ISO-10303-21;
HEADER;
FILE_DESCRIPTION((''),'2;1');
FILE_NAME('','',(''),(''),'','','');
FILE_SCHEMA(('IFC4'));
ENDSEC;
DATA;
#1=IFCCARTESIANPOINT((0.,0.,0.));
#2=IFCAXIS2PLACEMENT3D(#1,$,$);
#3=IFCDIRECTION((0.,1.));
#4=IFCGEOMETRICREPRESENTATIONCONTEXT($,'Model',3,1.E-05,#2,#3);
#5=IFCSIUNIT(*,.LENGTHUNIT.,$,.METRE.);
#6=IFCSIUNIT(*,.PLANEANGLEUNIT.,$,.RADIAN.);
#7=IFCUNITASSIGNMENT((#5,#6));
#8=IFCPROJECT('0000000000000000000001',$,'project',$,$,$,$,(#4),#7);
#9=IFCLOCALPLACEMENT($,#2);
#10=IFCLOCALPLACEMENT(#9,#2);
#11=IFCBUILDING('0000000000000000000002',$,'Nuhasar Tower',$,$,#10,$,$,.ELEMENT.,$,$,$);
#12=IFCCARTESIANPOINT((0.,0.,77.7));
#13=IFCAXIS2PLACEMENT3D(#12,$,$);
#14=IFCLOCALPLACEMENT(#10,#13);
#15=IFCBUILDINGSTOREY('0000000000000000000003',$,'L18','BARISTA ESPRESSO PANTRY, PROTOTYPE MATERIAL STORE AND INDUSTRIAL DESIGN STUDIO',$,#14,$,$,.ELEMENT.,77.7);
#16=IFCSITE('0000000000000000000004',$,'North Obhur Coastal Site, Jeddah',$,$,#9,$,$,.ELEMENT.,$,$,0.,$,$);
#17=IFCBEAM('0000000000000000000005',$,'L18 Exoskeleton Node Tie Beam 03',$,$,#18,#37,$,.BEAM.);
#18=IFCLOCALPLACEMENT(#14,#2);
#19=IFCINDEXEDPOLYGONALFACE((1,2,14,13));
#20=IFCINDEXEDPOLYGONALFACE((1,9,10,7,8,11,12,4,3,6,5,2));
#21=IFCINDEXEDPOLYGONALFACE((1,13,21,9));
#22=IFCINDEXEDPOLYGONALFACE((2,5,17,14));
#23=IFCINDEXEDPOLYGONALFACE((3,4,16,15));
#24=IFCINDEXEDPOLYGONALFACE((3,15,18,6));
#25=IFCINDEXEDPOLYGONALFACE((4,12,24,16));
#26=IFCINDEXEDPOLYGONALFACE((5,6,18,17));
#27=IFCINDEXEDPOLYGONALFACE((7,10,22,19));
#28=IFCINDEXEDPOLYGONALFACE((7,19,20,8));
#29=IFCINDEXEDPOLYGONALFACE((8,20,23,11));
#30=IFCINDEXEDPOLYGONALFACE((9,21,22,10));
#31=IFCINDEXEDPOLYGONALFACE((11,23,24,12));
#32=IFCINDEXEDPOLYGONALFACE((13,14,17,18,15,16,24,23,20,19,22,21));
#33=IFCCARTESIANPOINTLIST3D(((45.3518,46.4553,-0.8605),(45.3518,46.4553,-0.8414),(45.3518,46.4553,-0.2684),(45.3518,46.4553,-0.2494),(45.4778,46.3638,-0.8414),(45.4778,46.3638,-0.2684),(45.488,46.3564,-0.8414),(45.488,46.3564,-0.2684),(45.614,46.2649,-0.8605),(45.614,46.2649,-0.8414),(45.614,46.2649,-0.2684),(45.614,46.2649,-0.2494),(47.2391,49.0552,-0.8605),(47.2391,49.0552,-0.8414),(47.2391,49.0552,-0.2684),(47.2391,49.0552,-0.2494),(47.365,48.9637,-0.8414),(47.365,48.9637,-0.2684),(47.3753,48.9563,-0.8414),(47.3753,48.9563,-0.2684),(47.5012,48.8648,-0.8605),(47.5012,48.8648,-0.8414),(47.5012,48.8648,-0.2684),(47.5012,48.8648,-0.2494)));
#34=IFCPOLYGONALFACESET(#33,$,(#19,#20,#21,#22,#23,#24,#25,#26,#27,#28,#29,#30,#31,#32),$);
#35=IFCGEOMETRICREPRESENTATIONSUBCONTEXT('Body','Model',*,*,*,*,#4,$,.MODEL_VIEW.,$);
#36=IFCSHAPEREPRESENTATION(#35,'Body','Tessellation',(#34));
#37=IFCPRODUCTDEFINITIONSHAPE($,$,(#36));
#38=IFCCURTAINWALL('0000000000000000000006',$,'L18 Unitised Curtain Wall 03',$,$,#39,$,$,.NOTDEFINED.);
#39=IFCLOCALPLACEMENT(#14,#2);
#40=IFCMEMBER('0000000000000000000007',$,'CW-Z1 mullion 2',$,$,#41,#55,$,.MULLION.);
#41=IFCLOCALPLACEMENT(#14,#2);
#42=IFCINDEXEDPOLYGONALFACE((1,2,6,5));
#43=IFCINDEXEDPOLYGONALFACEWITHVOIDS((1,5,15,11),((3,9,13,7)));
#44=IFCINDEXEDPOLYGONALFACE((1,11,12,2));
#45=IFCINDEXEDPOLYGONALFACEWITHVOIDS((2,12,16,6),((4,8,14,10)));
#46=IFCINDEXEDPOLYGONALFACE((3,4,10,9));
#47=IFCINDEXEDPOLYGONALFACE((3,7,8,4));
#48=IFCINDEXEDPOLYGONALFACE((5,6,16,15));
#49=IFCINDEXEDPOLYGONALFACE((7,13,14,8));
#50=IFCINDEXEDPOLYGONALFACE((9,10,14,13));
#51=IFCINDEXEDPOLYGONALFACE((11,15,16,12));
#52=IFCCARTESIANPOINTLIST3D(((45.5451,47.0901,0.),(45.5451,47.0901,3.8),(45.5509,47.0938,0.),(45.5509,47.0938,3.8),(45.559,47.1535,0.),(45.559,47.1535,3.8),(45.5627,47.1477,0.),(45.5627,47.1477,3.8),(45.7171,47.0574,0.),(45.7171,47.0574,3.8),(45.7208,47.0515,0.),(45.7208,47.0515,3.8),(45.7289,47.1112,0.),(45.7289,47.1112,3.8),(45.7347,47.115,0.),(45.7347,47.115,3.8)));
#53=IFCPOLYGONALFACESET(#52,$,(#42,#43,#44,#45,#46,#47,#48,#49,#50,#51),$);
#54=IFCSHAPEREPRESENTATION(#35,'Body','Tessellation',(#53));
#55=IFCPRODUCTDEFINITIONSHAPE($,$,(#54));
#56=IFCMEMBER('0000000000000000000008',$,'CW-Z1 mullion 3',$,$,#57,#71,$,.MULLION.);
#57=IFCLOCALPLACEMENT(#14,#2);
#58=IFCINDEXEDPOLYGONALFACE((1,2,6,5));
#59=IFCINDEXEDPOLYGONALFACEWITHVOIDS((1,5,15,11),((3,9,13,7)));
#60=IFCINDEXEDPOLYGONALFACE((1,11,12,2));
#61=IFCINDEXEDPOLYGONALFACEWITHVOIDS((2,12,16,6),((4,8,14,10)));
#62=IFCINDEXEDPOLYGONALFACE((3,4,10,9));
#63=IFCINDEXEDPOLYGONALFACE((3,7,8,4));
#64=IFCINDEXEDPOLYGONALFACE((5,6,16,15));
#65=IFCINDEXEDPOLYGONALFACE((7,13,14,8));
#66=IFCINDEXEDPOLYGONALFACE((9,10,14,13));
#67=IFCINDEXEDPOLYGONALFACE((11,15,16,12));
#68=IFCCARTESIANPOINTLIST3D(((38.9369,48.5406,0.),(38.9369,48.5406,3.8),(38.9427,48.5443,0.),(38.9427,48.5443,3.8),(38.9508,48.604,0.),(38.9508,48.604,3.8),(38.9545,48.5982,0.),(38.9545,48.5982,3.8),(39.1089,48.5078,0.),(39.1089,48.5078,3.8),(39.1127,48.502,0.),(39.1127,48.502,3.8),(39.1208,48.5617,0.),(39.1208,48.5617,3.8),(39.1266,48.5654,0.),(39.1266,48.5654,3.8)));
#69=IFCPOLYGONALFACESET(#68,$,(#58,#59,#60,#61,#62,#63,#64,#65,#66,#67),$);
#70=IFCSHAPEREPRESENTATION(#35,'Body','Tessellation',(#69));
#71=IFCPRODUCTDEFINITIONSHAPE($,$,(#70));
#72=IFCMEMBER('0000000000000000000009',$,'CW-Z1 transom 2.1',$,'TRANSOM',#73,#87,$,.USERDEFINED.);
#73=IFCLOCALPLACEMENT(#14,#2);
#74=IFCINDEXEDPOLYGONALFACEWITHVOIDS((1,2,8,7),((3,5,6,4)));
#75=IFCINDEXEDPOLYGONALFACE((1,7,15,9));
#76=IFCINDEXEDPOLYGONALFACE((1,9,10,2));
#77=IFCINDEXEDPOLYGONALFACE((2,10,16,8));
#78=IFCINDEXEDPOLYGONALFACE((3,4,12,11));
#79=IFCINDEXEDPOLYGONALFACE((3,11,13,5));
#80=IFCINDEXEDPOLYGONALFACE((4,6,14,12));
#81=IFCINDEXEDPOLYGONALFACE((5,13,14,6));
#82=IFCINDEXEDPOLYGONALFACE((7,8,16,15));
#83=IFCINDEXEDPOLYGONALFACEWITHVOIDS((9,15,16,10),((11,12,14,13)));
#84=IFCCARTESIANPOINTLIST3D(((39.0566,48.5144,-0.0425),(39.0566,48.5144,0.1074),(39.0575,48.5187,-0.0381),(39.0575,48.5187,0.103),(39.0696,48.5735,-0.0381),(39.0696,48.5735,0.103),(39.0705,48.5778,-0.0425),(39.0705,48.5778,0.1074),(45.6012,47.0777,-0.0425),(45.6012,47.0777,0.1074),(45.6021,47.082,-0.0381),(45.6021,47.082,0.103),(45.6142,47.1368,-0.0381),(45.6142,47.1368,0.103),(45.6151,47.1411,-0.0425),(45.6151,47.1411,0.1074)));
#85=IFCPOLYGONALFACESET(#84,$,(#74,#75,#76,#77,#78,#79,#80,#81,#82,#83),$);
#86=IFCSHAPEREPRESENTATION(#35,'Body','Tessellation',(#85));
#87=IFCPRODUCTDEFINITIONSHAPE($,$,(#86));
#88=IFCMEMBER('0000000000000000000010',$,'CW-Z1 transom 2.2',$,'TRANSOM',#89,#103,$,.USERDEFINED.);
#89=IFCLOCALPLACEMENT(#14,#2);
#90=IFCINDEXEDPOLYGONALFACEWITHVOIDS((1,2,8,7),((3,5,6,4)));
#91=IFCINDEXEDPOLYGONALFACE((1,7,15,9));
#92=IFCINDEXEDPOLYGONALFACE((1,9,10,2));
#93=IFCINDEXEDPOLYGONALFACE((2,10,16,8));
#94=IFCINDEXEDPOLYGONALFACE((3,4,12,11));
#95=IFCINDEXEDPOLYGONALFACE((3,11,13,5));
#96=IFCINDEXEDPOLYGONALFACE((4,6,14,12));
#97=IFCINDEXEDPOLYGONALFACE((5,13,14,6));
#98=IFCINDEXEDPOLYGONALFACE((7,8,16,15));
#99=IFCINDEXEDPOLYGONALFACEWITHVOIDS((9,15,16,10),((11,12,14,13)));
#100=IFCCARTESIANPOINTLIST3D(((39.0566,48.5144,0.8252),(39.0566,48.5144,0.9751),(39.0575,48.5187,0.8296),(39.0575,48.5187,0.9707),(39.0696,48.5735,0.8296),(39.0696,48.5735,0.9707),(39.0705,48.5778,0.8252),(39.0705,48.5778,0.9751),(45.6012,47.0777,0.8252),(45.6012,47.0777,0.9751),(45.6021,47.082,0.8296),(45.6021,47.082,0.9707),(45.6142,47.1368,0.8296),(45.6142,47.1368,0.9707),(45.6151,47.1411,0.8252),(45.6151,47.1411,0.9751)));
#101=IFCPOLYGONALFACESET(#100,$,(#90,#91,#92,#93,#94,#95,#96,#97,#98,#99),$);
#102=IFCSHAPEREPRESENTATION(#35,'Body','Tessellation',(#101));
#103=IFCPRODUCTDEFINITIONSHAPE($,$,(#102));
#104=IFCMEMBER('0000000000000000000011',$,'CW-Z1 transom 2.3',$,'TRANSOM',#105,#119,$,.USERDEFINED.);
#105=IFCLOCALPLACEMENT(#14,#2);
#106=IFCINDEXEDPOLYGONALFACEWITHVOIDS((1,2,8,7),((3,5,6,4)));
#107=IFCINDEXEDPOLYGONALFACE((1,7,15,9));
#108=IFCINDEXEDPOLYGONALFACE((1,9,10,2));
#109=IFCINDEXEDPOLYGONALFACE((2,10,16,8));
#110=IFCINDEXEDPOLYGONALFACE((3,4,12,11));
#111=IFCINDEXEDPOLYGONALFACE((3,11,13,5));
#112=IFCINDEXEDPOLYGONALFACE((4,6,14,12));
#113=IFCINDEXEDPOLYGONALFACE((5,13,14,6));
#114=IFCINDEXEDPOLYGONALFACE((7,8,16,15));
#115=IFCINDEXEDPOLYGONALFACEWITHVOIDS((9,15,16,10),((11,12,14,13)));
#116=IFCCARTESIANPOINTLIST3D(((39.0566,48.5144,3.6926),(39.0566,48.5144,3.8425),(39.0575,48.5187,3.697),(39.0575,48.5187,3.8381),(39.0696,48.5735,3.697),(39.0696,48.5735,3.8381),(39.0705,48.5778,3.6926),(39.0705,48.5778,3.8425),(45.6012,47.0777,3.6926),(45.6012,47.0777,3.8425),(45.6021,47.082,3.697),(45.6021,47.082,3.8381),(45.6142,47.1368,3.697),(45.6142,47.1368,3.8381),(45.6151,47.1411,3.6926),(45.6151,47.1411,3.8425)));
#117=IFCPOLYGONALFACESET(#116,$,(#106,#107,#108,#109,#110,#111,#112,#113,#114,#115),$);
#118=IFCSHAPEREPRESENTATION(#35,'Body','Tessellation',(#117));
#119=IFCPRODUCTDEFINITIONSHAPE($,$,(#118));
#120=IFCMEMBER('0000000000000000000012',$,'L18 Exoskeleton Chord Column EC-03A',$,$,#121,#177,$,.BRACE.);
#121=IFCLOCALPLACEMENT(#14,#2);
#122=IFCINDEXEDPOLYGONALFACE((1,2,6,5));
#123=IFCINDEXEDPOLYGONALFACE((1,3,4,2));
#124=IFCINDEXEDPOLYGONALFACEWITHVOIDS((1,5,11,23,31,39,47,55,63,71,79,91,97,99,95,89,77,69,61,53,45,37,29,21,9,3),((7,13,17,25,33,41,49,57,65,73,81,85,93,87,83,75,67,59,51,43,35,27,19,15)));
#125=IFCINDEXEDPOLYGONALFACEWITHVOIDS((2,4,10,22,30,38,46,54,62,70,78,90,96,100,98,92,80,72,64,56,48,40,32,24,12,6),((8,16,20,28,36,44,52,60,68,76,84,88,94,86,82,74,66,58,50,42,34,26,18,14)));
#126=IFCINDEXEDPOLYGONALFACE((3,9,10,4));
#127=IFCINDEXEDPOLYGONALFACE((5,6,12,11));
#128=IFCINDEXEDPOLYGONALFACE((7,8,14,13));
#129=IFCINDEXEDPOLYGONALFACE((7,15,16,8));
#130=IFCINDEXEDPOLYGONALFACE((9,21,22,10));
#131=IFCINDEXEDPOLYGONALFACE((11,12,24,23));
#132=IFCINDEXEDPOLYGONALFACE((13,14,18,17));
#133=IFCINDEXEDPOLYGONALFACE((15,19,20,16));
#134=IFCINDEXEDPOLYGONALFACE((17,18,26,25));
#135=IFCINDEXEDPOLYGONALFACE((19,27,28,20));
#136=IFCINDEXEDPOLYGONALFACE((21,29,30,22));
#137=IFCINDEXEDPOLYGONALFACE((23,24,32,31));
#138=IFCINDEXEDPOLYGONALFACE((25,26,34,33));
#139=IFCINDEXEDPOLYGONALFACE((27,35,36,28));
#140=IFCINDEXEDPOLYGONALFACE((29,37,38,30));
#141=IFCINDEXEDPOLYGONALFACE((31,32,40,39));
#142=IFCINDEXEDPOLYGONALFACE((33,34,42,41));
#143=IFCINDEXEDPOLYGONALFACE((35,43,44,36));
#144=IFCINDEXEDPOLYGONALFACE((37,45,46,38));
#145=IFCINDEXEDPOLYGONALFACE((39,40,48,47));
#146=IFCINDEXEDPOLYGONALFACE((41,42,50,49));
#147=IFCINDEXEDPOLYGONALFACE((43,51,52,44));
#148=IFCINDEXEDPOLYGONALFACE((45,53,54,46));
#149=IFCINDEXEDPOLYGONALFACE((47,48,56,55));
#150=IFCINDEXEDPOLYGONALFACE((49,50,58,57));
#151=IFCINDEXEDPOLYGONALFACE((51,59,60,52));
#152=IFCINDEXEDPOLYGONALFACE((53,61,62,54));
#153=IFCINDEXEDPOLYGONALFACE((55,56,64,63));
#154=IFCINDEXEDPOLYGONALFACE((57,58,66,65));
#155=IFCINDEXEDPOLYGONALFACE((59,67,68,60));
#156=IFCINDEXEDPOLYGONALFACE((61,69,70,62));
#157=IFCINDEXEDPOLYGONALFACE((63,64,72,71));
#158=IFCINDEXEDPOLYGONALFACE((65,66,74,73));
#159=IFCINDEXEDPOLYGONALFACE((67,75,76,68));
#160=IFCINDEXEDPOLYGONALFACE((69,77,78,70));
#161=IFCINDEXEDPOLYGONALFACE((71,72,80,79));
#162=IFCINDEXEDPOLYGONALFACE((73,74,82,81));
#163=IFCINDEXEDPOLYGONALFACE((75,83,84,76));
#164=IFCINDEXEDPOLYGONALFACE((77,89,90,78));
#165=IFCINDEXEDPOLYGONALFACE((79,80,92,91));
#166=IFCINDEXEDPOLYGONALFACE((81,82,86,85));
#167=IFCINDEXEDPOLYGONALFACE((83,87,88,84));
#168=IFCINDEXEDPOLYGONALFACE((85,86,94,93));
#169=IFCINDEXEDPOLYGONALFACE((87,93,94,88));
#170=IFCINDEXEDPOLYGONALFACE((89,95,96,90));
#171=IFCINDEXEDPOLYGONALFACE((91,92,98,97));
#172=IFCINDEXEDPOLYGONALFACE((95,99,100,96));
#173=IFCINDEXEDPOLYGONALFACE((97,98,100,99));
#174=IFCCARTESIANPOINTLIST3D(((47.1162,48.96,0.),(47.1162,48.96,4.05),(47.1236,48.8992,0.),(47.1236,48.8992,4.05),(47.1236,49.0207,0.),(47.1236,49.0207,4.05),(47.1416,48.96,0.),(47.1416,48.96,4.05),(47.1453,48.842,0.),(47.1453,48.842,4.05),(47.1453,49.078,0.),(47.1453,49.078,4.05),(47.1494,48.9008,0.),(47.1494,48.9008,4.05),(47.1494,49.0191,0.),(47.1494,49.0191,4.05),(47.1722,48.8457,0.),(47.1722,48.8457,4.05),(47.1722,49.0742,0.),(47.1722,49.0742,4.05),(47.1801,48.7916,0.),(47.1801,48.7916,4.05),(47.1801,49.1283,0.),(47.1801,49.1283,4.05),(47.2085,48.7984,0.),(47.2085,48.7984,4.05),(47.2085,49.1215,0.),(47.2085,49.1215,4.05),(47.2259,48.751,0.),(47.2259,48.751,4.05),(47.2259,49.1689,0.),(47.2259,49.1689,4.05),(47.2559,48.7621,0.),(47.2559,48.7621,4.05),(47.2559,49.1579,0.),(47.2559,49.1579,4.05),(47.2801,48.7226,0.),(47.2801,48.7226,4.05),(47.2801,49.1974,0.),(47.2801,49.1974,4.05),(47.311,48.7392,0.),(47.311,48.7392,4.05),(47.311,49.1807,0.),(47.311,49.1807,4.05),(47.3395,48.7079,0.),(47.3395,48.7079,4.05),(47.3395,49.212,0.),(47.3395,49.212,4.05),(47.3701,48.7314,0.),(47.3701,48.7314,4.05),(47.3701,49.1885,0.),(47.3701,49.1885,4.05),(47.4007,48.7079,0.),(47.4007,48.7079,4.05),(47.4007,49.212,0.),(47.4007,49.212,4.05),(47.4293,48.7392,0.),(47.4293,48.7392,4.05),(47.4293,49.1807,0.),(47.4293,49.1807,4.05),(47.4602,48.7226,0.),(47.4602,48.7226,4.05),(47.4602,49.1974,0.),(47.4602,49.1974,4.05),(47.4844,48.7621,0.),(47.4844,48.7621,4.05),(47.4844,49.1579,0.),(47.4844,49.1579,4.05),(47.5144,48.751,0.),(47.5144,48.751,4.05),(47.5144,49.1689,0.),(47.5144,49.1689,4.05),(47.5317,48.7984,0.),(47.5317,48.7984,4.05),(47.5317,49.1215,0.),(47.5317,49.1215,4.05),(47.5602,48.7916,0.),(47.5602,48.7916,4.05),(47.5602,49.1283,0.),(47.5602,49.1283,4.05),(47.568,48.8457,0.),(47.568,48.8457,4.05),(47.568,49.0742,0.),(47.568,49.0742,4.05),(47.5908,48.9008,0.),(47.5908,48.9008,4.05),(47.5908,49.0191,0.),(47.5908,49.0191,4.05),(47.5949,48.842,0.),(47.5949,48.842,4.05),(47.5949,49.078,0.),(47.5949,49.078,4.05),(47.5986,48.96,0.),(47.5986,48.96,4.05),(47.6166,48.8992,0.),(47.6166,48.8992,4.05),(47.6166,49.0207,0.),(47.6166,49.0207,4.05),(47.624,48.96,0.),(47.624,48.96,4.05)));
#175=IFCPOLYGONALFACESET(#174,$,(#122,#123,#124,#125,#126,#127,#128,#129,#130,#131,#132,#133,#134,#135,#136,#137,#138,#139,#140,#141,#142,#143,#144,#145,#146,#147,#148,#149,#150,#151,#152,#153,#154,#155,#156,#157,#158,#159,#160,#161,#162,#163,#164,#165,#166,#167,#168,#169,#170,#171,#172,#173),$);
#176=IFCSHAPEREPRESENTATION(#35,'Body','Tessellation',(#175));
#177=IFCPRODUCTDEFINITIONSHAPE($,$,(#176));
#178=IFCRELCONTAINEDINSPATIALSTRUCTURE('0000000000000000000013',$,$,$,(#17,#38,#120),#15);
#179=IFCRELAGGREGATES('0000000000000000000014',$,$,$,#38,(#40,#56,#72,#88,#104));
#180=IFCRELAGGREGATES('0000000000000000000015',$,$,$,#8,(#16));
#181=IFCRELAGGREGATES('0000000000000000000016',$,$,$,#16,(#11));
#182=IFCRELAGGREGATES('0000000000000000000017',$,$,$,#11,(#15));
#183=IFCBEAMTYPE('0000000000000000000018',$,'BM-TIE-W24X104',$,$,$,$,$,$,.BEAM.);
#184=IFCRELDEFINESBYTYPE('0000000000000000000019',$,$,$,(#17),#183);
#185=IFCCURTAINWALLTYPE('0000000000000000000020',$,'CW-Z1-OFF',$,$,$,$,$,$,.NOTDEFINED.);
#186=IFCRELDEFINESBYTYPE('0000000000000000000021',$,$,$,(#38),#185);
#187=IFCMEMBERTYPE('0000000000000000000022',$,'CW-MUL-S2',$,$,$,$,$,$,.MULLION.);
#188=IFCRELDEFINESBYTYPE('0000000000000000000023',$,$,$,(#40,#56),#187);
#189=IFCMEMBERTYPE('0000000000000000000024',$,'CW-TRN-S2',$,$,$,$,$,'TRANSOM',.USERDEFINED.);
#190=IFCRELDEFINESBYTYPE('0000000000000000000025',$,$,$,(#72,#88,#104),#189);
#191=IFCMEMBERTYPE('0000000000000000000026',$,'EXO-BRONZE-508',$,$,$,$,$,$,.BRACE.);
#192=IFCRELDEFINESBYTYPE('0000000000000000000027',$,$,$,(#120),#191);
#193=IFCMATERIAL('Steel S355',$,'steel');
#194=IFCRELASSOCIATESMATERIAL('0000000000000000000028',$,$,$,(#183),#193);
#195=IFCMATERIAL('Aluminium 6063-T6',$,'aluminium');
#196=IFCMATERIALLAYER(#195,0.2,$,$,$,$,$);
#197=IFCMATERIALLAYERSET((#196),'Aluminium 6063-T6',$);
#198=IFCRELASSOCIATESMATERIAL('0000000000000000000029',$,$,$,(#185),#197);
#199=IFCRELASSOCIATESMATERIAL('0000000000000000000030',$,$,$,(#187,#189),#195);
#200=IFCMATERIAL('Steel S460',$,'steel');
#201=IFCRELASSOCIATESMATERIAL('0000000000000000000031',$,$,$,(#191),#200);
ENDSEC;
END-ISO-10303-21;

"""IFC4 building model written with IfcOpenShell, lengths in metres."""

from ifc_helpers import new_model, si_unit, direction, frame, origin, origin_2d, place, context, subcontext, project, spatial, hollow_rectangle, hollow_circle, i_section, extrude, material, layer, layer_set, material_profile, profile_set, type_object, element, aggregate, save


model = new_model("IFC4")

# Units and contexts
model_context = context("Model", 3, precision=1e-05, world=origin(), true_north=direction((0.0, 1.0)))
body_context = subcontext(model_context, "Body", "Model", "MODEL_VIEW")
ifc_project = project(units=[si_unit("LENGTHUNIT", "METRE"), si_unit("PLANEANGLEUNIT", "RADIAN")], contexts=[model_context])

# Site, building, storey
site_placement = place(None, origin())
site = spatial("IfcSite", under=ifc_project, at=site_placement, Name="North Obhur Coastal Site, Jeddah", CompositionType="ELEMENT", RefElevation=0.0)
building_placement = place(site_placement, origin())
building = spatial("IfcBuilding", under=site, at=building_placement, Name="Nuhasar Tower", CompositionType="ELEMENT")
storey_placement = place(building_placement, frame((0.0, 0.0, 77.7)))
storey = spatial("IfcBuildingStorey", under=building, at=storey_placement, Name="L18", Description="BARISTA ESPRESSO PANTRY, PROTOTYPE MATERIAL STORE AND INDUSTRIAL DESIGN STUDIO", CompositionType="ELEMENT", Elevation=77.7)

# Beam
ifc_material_1 = material(Name="Steel S355", Category="steel")
ifc_material_profile_1 = material_profile(ifc_material_1, i_section(OverallWidth=0.324, OverallDepth=0.6111, WebThickness=0.0127, FlangeThickness=0.019, at=origin_2d()), Name="W24X104")
ifc_profile_set_1 = profile_set([ifc_material_profile_1], Name="Steel S355")
beam_type_1 = type_object("IfcBeamType", Name="BM-TIE-W24X104", PredefinedType="BEAM", material=ifc_profile_set_1)
beam_1_placement = place(storey_placement, frame((45.4829, 46.3601, -0.5549), z_axis=(0.587439, 0.809268, 0.0), x_axis=(-0.809268, 0.587439, 0.0)))
element("IfcBeam", 1, at=beam_1_placement, inside=storey, type_object=beam_type_1, Name="L18 Exoskeleton Node Tie Beam 03", PredefinedType="BEAM", context=body_context, shape_type="SweptSolid", body=[
    extrude(i_section(OverallWidth=0.324, OverallDepth=0.6111, WebThickness=0.0127, FlangeThickness=0.019, at=origin_2d()), origin(), (0.0, 0.0, 1.0), 3.2126),
])

# Curtain wall, members
ifc_material_2 = material(Name="Aluminium 6063-T6", Category="aluminium")
ifc_layer_1 = layer(ifc_material_2, 0.2)
ifc_layer_set_1 = layer_set([ifc_layer_1], Name="Aluminium 6063-T6")
curtain_wall_type = type_object("IfcCurtainWallType", Name="CW-Z1-OFF", PredefinedType="NOTDEFINED", material=ifc_layer_set_1)
curtain_wall_placement = place(storey_placement, origin())
curtain_wall = element("IfcCurtainWall", 2, at=curtain_wall_placement, inside=storey, type_object=curtain_wall_type, Name="L18 Unitised Curtain Wall 03", PredefinedType="NOTDEFINED")
ifc_material_profile_2 = material_profile(ifc_material_2, hollow_rectangle(XDim=0.0649, YDim=0.1799, WallThickness=0.0049, at=origin_2d()), Name="CWM-2")
ifc_profile_set_2 = profile_set([ifc_material_profile_2], Name="Aluminium 6063-T6")
member_type_1 = type_object("IfcMemberType", Name="CW-MUL-S2", PredefinedType="MULLION", material=ifc_profile_set_2)
member_1_placement = place(storey_placement, frame((45.6399, 47.1025, 0.0), z_axis=(0.0, 0.0, 1.0), x_axis=(-0.214399, -0.976746, 0.0)))
member_1 = element("IfcMember", 3, at=member_1_placement, type_object=member_type_1, Name="CW-Z1 mullion 2", PredefinedType="MULLION", context=body_context, shape_type="SweptSolid", body=[
    extrude(hollow_rectangle(XDim=0.0649, YDim=0.1799, WallThickness=0.0049, at=origin_2d()), origin(), (0.0, 0.0, 1.0), 3.8),
])
member_2_placement = place(storey_placement, frame((39.0317, 48.553, 0.0), z_axis=(0.0, 0.0, 1.0), x_axis=(-0.214399, -0.976746, 0.0)))
member_2 = element("IfcMember", 4, at=member_2_placement, type_object=member_type_1, Name="CW-Z1 mullion 3", PredefinedType="MULLION", context=body_context, shape_type="SweptSolid", body=[
    extrude(hollow_rectangle(XDim=0.0649, YDim=0.1799, WallThickness=0.0049, at=origin_2d()), origin(), (0.0, 0.0, 1.0), 3.8),
])
ifc_material_profile_3 = material_profile(ifc_material_2, hollow_rectangle(XDim=0.0649, YDim=0.1499, WallThickness=0.0044, at=origin_2d()), Name="CWT-2")
ifc_profile_set_3 = profile_set([ifc_material_profile_3], Name="Aluminium 6063-T6")
member_type_2 = type_object("IfcMemberType", Name="CW-TRN-S2", ElementType="TRANSOM", PredefinedType="USERDEFINED", material=ifc_profile_set_3)
member_3_placement = place(storey_placement, frame((45.6082, 47.1094, 0.0325), z_axis=(-0.97674, 0.214426, 0.0), x_axis=(-0.214426, -0.97674, 0.0)))
member_3 = element("IfcMember", 5, at=member_3_placement, type_object=member_type_2, Name="CW-Z1 transom 2.1", ObjectType="TRANSOM", PredefinedType="USERDEFINED", context=body_context, shape_type="SweptSolid", body=[
    extrude(hollow_rectangle(XDim=0.0649, YDim=0.1499, WallThickness=0.0044, at=origin_2d()), origin(), (0.0, 0.0, 1.0), 6.7004),
])
member_4_placement = place(storey_placement, frame((45.6082, 47.1094, 0.9001), z_axis=(-0.97674, 0.214426, 0.0), x_axis=(-0.214426, -0.97674, 0.0)))
member_4 = element("IfcMember", 6, at=member_4_placement, type_object=member_type_2, Name="CW-Z1 transom 2.2", ObjectType="TRANSOM", PredefinedType="USERDEFINED", context=body_context, shape_type="SweptSolid", body=[
    extrude(hollow_rectangle(XDim=0.0649, YDim=0.1499, WallThickness=0.0044, at=origin_2d()), origin(), (0.0, 0.0, 1.0), 6.7004),
])
member_5_placement = place(storey_placement, frame((45.6082, 47.1094, 3.7676), z_axis=(-0.97674, 0.214426, 0.0), x_axis=(-0.214426, -0.97674, 0.0)))
member_5 = element("IfcMember", 7, at=member_5_placement, type_object=member_type_2, Name="CW-Z1 transom 2.3", ObjectType="TRANSOM", PredefinedType="USERDEFINED", context=body_context, shape_type="SweptSolid", body=[
    extrude(hollow_rectangle(XDim=0.0649, YDim=0.1499, WallThickness=0.0044, at=origin_2d()), origin(), (0.0, 0.0, 1.0), 6.7004),
])

# Member
ifc_material_3 = material(Name="Steel S460", Category="steel")
ifc_material_profile_4 = material_profile(ifc_material_3, hollow_circle(Radius=0.2539, WallThickness=0.0254, at=origin_2d()), Name="HSS508X25.4")
ifc_profile_set_4 = profile_set([ifc_material_profile_4], Name="Steel S460")
member_type_3 = type_object("IfcMemberType", Name="EXO-BRONZE-508", PredefinedType="BRACE", material=ifc_profile_set_4)
for number, where, z_axis, x_axis, name in (
    (8, (47.3701, 48.96, 0.0), (0.0, 0.0, 1.0), (1.0, 0.0, 0.0), "L18 Exoskeleton Chord Column EC-03A"),
):
    element("IfcMember", number, at=place(storey_placement, frame(where, z_axis=z_axis, x_axis=x_axis)), inside=storey, type_object=member_type_3, Name=name, PredefinedType="BRACE", context=body_context, shape_type="SweptSolid", body=[
        extrude(hollow_circle(Radius=0.2539, WallThickness=0.0254, at=origin_2d()), origin(), (0.0, 0.0, 1.0), 4.05),
    ])

aggregate(curtain_wall, [member_1, member_2, member_3, member_4, member_5])

save(model, "model.ifc")
